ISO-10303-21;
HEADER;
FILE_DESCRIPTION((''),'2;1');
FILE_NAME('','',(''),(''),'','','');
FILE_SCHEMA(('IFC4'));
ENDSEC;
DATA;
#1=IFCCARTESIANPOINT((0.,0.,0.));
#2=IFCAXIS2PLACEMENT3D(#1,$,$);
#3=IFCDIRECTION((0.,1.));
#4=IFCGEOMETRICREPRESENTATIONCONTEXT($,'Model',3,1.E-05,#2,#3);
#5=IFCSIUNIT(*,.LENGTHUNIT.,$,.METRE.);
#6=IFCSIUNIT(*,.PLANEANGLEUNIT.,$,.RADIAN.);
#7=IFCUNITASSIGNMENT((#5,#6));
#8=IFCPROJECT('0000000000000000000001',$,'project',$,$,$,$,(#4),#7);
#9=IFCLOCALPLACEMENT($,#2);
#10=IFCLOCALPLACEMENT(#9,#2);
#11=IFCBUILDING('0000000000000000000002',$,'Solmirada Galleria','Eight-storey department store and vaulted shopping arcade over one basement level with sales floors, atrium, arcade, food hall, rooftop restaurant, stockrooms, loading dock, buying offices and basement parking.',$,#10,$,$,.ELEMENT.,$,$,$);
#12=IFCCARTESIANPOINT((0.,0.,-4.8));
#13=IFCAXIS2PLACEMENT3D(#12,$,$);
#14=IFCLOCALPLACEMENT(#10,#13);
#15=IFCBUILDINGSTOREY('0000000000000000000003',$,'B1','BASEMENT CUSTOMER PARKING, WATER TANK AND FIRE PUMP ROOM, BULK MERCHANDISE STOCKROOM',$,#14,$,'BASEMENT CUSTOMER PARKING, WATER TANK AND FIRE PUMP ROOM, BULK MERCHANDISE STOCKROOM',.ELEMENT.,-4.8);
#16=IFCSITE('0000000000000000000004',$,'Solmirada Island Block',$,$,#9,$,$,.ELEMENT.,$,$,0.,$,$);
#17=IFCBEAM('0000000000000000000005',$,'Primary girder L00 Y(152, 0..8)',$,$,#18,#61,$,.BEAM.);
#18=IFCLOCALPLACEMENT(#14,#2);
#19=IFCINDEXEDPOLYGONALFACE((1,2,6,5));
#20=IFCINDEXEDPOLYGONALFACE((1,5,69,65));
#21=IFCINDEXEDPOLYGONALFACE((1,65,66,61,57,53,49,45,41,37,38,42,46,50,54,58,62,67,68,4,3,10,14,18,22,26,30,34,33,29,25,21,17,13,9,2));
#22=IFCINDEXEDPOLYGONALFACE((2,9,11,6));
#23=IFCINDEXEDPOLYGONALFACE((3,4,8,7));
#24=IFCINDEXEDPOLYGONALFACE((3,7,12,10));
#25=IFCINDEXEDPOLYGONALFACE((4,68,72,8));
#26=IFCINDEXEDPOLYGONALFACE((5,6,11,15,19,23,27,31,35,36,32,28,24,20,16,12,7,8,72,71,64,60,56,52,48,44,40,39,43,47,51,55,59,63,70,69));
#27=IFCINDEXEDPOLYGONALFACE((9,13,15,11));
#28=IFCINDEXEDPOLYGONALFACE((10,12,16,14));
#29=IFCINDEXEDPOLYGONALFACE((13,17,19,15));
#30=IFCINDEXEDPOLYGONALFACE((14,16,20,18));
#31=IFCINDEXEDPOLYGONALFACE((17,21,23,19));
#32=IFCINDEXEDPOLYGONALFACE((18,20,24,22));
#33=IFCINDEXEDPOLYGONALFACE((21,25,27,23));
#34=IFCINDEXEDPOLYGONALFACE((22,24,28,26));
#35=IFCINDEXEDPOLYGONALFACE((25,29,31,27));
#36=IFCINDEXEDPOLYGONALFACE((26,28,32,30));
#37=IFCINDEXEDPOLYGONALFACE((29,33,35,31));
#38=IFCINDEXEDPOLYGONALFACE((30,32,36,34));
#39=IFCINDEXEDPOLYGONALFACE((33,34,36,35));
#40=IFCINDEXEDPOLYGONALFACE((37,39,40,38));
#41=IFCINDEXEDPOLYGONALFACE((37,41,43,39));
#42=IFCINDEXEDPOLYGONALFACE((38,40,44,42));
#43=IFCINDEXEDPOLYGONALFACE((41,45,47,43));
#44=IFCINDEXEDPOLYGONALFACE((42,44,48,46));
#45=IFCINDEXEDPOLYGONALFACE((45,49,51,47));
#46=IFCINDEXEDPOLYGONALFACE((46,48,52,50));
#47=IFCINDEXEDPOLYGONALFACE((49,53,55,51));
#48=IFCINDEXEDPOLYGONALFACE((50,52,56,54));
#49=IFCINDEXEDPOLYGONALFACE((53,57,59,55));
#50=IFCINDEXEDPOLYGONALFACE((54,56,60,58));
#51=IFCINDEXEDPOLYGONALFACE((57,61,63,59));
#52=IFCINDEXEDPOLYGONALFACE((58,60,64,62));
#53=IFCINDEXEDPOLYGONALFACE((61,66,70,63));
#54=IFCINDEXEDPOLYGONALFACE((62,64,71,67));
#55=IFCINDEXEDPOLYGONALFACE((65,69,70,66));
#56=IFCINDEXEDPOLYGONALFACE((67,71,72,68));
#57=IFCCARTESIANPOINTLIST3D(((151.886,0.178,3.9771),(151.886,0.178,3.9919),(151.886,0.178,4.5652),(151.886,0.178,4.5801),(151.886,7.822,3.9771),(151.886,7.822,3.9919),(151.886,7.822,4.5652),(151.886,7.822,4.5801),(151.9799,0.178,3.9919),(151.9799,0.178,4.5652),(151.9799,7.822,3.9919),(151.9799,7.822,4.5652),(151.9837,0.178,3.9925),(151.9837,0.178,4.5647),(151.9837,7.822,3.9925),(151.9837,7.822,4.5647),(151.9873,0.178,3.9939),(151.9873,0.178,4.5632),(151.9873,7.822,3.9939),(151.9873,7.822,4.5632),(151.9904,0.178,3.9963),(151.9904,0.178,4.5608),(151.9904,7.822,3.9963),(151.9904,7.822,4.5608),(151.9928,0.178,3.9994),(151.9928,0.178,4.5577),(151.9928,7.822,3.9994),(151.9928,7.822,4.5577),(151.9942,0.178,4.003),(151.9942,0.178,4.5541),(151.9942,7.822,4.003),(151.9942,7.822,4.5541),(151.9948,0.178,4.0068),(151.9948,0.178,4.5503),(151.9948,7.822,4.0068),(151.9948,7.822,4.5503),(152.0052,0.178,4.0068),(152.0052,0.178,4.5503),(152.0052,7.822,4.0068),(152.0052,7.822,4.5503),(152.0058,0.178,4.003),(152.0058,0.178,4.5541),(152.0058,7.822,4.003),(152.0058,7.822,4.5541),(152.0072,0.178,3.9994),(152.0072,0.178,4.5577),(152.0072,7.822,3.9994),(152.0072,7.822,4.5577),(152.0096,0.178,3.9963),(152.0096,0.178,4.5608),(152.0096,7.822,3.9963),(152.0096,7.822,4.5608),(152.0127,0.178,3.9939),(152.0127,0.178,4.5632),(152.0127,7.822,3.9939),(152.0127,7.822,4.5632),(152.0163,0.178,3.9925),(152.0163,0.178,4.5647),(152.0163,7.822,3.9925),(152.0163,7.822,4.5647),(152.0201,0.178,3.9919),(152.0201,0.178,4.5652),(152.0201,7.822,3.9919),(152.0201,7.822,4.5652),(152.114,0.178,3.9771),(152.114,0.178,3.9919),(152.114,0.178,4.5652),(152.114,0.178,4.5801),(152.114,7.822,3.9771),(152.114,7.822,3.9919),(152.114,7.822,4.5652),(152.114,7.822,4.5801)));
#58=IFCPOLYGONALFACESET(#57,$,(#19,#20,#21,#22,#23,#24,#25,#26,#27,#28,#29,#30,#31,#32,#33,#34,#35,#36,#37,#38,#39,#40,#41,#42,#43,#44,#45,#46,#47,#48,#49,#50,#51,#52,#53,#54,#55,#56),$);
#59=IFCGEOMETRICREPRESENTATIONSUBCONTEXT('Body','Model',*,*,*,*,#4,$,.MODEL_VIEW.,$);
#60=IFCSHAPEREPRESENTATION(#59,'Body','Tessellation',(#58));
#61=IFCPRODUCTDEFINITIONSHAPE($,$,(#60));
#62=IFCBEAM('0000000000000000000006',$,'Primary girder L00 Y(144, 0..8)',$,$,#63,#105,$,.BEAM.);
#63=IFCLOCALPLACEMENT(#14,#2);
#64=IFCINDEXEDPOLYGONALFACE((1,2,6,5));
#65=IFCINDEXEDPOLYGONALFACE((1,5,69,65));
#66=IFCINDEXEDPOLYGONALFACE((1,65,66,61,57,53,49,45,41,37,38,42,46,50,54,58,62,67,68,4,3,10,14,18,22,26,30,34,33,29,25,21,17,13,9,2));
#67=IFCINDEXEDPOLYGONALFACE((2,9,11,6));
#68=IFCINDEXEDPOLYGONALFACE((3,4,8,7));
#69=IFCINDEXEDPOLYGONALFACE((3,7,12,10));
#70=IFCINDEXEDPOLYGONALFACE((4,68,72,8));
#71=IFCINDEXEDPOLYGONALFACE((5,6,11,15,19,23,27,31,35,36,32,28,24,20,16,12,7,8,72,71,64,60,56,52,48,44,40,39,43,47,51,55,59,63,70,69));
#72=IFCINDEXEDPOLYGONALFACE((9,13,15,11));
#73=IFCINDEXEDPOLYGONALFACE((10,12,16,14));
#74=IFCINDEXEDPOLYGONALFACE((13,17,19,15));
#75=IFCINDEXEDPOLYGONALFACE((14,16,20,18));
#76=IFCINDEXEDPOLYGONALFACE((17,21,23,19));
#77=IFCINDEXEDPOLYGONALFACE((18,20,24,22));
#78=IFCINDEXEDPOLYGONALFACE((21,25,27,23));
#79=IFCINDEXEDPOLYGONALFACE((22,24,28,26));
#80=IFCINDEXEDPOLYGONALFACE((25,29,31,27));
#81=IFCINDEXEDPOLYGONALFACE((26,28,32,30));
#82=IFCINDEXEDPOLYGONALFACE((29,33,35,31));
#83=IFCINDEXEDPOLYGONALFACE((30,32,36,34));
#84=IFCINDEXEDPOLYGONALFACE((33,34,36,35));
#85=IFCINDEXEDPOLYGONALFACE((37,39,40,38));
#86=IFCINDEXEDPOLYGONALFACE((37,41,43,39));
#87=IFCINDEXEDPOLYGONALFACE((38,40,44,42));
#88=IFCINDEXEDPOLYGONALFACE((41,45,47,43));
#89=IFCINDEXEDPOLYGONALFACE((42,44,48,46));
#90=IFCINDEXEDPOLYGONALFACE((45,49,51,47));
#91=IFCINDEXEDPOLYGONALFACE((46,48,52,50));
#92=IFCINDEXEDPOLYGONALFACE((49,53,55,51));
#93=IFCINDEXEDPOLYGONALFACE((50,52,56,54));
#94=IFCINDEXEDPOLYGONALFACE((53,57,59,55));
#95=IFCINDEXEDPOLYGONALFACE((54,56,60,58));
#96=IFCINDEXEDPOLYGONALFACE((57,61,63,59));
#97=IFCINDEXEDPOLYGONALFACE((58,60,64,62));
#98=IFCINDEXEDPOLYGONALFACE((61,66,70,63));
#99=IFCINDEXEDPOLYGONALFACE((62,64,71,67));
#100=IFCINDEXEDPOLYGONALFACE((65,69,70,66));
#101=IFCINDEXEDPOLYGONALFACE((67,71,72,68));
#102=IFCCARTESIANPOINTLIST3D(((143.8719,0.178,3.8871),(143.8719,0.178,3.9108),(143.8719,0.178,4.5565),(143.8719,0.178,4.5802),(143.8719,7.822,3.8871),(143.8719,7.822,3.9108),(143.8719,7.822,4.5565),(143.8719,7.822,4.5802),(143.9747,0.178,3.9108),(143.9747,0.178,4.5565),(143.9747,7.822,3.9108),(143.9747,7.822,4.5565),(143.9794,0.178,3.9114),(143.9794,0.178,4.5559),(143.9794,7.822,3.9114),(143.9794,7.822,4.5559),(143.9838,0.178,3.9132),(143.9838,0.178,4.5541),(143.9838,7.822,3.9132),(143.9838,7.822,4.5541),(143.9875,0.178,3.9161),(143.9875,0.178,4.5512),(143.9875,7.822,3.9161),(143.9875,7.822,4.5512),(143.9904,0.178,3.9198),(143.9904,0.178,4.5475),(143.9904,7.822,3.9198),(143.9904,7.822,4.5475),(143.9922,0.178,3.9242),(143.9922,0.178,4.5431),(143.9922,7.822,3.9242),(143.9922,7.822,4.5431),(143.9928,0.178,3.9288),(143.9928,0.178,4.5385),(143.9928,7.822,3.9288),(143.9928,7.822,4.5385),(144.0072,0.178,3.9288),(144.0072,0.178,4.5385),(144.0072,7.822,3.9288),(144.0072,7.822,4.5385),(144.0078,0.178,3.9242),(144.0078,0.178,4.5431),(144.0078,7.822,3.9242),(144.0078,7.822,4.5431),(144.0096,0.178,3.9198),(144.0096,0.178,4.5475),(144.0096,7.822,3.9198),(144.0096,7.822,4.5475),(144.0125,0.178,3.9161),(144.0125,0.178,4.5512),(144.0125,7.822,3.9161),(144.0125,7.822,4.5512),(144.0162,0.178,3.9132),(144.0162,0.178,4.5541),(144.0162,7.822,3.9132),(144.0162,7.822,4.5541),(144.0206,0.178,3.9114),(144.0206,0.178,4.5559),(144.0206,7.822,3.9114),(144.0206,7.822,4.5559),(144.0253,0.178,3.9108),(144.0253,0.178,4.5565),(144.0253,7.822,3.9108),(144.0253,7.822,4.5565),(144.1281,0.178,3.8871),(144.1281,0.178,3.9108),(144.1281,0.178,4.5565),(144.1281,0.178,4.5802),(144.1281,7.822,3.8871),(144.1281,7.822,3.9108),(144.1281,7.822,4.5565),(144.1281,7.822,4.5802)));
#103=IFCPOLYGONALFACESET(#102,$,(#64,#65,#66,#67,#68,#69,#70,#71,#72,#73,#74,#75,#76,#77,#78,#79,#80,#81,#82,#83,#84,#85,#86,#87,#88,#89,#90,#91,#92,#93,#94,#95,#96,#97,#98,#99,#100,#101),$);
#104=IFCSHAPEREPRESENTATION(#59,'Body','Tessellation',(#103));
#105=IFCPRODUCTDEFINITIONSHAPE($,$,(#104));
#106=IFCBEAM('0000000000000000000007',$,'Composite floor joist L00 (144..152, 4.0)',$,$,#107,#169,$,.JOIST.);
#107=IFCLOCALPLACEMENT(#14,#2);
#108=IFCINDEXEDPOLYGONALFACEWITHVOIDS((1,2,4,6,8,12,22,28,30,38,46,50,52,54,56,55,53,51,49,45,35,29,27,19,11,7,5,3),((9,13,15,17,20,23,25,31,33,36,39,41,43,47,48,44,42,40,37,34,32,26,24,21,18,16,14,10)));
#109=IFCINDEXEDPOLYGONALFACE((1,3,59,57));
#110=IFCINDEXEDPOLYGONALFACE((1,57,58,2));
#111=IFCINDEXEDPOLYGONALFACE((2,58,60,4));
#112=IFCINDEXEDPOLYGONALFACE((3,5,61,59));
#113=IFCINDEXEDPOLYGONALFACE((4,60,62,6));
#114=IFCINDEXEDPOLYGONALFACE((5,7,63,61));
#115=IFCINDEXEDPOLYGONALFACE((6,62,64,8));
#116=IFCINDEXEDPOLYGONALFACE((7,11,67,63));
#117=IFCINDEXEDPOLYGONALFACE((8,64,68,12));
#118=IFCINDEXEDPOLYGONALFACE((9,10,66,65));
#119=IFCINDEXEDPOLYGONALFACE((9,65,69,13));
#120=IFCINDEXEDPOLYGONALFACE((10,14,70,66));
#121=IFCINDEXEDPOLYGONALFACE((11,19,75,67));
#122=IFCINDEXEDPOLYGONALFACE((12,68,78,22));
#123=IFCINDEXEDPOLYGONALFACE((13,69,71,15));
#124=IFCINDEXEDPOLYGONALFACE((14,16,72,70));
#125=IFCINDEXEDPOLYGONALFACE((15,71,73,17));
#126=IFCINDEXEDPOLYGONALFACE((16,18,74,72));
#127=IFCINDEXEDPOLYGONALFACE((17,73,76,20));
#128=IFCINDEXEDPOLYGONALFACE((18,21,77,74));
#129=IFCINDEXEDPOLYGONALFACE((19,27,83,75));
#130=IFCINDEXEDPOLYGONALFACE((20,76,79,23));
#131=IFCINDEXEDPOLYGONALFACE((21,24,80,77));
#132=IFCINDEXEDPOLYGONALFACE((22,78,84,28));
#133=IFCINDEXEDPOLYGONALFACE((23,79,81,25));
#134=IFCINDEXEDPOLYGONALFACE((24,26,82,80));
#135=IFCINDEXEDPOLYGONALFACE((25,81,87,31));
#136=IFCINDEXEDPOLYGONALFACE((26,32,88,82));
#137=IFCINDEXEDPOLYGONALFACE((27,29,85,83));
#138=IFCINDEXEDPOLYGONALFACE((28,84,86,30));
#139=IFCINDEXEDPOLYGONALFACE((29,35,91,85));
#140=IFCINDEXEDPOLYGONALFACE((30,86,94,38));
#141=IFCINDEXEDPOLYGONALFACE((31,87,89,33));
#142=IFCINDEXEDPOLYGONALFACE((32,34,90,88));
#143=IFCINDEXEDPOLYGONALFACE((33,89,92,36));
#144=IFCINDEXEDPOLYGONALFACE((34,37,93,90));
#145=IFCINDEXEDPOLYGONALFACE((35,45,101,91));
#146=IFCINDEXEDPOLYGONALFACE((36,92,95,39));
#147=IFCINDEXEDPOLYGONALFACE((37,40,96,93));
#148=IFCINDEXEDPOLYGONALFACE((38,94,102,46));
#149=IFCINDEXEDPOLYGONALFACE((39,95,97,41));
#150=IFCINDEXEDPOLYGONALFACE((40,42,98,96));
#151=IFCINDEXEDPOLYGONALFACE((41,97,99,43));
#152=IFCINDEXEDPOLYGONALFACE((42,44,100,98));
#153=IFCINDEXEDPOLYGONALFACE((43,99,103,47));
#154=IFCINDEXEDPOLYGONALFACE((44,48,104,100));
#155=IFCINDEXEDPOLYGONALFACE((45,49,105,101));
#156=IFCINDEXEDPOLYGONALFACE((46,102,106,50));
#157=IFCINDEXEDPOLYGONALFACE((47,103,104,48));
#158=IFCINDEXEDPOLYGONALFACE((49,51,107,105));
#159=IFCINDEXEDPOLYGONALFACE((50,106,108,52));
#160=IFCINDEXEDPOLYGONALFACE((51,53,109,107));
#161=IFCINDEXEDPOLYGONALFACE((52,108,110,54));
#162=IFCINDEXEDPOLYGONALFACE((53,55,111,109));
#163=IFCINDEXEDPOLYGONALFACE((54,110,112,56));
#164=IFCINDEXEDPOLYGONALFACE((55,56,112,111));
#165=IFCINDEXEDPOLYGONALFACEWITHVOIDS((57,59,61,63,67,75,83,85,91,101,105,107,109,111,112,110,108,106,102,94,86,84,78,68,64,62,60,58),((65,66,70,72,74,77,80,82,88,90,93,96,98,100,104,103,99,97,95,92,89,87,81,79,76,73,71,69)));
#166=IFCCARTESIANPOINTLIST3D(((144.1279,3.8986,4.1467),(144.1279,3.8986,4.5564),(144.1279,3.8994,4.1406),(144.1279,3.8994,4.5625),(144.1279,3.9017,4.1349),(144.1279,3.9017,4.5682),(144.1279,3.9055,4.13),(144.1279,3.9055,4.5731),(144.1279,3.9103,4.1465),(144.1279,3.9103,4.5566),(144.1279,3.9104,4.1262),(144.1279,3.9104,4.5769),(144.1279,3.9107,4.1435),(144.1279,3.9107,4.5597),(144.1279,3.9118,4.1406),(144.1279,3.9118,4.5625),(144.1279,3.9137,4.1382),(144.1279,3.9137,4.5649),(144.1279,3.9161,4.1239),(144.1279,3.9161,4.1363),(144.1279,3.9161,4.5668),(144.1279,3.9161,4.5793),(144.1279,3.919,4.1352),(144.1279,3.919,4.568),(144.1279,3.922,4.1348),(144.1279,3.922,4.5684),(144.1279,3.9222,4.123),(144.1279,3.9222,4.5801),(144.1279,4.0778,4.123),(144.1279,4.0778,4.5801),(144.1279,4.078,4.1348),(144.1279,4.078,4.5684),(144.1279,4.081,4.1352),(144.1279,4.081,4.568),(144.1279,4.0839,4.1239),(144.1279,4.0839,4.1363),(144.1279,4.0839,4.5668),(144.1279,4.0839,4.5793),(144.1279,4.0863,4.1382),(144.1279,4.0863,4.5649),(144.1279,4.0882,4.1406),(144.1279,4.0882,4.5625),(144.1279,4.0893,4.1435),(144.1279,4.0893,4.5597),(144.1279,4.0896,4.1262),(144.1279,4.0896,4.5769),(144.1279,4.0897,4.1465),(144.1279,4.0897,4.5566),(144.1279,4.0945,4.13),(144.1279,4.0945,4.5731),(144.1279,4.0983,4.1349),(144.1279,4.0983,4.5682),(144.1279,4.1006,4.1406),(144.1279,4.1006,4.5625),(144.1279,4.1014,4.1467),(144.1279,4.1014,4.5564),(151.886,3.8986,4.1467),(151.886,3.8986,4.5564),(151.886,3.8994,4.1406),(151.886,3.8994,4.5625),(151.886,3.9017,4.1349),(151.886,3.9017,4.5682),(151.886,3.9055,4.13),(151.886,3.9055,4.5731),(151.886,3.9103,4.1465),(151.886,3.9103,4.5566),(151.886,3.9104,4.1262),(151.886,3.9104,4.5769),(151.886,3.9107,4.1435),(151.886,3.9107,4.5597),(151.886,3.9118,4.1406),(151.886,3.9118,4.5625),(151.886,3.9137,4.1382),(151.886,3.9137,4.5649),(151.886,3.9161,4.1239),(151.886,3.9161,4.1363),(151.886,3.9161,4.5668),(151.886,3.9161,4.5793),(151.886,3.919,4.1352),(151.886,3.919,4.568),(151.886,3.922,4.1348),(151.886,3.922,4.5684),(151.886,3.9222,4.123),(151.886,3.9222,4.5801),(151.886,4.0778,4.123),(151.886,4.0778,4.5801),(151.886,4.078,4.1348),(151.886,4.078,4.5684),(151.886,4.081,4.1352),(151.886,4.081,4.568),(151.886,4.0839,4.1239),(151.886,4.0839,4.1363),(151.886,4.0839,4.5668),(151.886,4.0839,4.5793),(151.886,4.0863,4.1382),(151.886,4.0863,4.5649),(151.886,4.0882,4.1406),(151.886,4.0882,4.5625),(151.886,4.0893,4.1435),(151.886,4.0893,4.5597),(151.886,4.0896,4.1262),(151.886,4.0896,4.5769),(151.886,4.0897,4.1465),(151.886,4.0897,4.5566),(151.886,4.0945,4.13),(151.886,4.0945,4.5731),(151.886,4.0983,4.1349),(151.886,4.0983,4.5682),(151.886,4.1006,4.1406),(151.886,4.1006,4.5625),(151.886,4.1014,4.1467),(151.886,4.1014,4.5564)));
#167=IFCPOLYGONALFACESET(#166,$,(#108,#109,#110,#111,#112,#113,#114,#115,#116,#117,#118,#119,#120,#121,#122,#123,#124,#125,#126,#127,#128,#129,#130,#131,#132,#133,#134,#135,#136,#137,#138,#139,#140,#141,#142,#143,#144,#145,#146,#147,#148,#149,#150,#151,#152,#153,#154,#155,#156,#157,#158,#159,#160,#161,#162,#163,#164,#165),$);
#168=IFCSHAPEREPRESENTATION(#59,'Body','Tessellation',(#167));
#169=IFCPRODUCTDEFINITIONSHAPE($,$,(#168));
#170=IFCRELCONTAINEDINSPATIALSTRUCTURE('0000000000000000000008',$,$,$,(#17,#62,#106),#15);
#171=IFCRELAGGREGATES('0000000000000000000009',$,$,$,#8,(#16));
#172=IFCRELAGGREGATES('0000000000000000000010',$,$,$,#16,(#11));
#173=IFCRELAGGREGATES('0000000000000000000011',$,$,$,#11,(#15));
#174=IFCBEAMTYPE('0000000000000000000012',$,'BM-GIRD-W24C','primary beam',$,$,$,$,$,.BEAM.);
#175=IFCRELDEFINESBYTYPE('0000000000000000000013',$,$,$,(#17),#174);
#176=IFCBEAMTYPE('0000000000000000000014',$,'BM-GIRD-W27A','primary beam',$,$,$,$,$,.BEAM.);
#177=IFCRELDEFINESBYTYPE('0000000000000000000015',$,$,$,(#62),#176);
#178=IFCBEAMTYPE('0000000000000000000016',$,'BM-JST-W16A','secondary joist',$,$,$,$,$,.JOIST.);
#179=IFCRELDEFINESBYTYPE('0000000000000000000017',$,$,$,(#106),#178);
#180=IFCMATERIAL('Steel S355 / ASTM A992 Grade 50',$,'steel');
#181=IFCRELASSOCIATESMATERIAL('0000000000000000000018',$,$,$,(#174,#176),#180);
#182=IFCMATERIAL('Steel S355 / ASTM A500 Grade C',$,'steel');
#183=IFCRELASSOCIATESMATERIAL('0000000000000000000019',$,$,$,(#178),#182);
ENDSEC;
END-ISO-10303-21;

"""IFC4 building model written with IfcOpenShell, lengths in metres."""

from ifc_helpers import new_model, si_unit, direction, frame, origin, origin_2d, place, context, subcontext, project, spatial, hollow_rectangle, i_section, extrude, material, material_profile, profile_set, type_object, element, save


model = new_model("IFC4")

# Units and contexts
model_context = context("Model", 3, precision=1e-05, world=origin(), true_north=direction((0.0, 1.0)))
body_context = subcontext(model_context, "Body", "Model", "MODEL_VIEW")
ifc_project = project(units=[si_unit("LENGTHUNIT", "METRE"), si_unit("PLANEANGLEUNIT", "RADIAN")], contexts=[model_context])

# Site, building, storey
site_placement = place(None, origin())
site = spatial("IfcSite", under=ifc_project, at=site_placement, Name="Solmirada Island Block", CompositionType="ELEMENT", RefElevation=0.0)
building_placement = place(site_placement, origin())
building = spatial("IfcBuilding", under=site, at=building_placement, Name="Solmirada Galleria", Description="Eight-storey department store and vaulted shopping arcade over one basement level with sales floors, atrium, arcade, food hall, rooftop restaurant, stockrooms, loading dock, buying offices and basement parking.", CompositionType="ELEMENT")
storey_placement = place(building_placement, frame((0.0, 0.0, -4.8)))
storey = spatial("IfcBuildingStorey", under=building, at=storey_placement, Name="B1", Description="BASEMENT CUSTOMER PARKING, WATER TANK AND FIRE PUMP ROOM, BULK MERCHANDISE STOCKROOM", LongName="BASEMENT CUSTOMER PARKING, WATER TANK AND FIRE PUMP ROOM, BULK MERCHANDISE STOCKROOM", CompositionType="ELEMENT", Elevation=-4.8)

# Shared definitions
ifc_material_1 = material(Name="Steel S355 / ASTM A500 Grade C", Category="steel")

# Beams
ifc_material_2 = material(Name="Steel S355 / ASTM A992 Grade 50", Category="steel")
ifc_material_profile_1 = material_profile(ifc_material_2, i_section(OverallWidth=0.228, OverallDepth=0.603, WebThickness=0.0105, FlangeThickness=0.0149, FilletRadius=0.0149, at=origin_2d()), Name="W24X68")
ifc_profile_set_1 = profile_set([ifc_material_profile_1], Name="Steel S355 / ASTM A992 Grade 50")
beam_type_1 = type_object("IfcBeamType", Name="BM-GIRD-W24C", Description="primary beam", PredefinedType="BEAM", material=ifc_profile_set_1)
beam_1_placement = place(storey_placement, frame((152.0, 0.178, 4.2786), z_axis=(0.0, 1.0, 0.0), x_axis=(-1.0, 0.0, 0.0)))
element("IfcBeam", 1, at=beam_1_placement, inside=storey, type_object=beam_type_1, Name="Primary girder L00 Y(152, 0..8)", PredefinedType="BEAM", context=body_context, shape_type="SweptSolid", body=[
    extrude(i_section(OverallWidth=0.228, OverallDepth=0.603, WebThickness=0.0105, FlangeThickness=0.0149, FilletRadius=0.0149, at=origin_2d()), origin(), (0.0, 0.0, 1.0), 7.644),
])
ifc_material_profile_2 = material_profile(ifc_material_2, i_section(OverallWidth=0.2561, OverallDepth=0.6931, WebThickness=0.0144, FlangeThickness=0.0237, FilletRadius=0.0181, at=origin_2d()), Name="W27X114")
ifc_profile_set_2 = profile_set([ifc_material_profile_2], Name="Steel S355 / ASTM A992 Grade 50")
beam_type_2 = type_object("IfcBeamType", Name="BM-GIRD-W27A", Description="primary beam", PredefinedType="BEAM", material=ifc_profile_set_2)
beam_2_placement = place(storey_placement, frame((144.0, 0.178, 4.2336), z_axis=(0.0, 1.0, 0.0), x_axis=(-1.0, 0.0, 0.0)))
element("IfcBeam", 2, at=beam_2_placement, inside=storey, type_object=beam_type_2, Name="Primary girder L00 Y(144, 0..8)", PredefinedType="BEAM", context=body_context, shape_type="SweptSolid", body=[
    extrude(i_section(OverallWidth=0.2561, OverallDepth=0.6931, WebThickness=0.0144, FlangeThickness=0.0237, FilletRadius=0.0181, at=origin_2d()), origin(), (0.0, 0.0, 1.0), 7.644),
])
ifc_material_profile_3 = material_profile(ifc_material_1, hollow_rectangle(XDim=0.2029, YDim=0.457, WallThickness=0.0117, InnerFilletRadius=0.0117, OuterFilletRadius=0.0237, at=origin_2d()), Name="HSS18X8X1/2")
ifc_profile_set_3 = profile_set([ifc_material_profile_3], Name="Steel S355 / ASTM A500 Grade C")
beam_type_3 = type_object("IfcBeamType", Name="BM-JST-W16A", Description="secondary joist", PredefinedType="JOIST", material=ifc_profile_set_3)
beam_3_placement = place(storey_placement, frame((144.1279, 4.0, 4.3516), z_axis=(1.0, 0.0, 0.0), x_axis=(0.0, 1.0, 0.0)))
element("IfcBeam", 3, at=beam_3_placement, inside=storey, type_object=beam_type_3, Name="Composite floor joist L00 (144..152, 4.0)", PredefinedType="JOIST", context=body_context, shape_type="SweptSolid", body=[
    extrude(hollow_rectangle(XDim=0.2029, YDim=0.457, WallThickness=0.0117, InnerFilletRadius=0.0117, OuterFilletRadius=0.0237, at=origin_2d()), origin(), (0.0, 0.0, 1.0), 7.7581),
])

save(model, "model.ifc")
